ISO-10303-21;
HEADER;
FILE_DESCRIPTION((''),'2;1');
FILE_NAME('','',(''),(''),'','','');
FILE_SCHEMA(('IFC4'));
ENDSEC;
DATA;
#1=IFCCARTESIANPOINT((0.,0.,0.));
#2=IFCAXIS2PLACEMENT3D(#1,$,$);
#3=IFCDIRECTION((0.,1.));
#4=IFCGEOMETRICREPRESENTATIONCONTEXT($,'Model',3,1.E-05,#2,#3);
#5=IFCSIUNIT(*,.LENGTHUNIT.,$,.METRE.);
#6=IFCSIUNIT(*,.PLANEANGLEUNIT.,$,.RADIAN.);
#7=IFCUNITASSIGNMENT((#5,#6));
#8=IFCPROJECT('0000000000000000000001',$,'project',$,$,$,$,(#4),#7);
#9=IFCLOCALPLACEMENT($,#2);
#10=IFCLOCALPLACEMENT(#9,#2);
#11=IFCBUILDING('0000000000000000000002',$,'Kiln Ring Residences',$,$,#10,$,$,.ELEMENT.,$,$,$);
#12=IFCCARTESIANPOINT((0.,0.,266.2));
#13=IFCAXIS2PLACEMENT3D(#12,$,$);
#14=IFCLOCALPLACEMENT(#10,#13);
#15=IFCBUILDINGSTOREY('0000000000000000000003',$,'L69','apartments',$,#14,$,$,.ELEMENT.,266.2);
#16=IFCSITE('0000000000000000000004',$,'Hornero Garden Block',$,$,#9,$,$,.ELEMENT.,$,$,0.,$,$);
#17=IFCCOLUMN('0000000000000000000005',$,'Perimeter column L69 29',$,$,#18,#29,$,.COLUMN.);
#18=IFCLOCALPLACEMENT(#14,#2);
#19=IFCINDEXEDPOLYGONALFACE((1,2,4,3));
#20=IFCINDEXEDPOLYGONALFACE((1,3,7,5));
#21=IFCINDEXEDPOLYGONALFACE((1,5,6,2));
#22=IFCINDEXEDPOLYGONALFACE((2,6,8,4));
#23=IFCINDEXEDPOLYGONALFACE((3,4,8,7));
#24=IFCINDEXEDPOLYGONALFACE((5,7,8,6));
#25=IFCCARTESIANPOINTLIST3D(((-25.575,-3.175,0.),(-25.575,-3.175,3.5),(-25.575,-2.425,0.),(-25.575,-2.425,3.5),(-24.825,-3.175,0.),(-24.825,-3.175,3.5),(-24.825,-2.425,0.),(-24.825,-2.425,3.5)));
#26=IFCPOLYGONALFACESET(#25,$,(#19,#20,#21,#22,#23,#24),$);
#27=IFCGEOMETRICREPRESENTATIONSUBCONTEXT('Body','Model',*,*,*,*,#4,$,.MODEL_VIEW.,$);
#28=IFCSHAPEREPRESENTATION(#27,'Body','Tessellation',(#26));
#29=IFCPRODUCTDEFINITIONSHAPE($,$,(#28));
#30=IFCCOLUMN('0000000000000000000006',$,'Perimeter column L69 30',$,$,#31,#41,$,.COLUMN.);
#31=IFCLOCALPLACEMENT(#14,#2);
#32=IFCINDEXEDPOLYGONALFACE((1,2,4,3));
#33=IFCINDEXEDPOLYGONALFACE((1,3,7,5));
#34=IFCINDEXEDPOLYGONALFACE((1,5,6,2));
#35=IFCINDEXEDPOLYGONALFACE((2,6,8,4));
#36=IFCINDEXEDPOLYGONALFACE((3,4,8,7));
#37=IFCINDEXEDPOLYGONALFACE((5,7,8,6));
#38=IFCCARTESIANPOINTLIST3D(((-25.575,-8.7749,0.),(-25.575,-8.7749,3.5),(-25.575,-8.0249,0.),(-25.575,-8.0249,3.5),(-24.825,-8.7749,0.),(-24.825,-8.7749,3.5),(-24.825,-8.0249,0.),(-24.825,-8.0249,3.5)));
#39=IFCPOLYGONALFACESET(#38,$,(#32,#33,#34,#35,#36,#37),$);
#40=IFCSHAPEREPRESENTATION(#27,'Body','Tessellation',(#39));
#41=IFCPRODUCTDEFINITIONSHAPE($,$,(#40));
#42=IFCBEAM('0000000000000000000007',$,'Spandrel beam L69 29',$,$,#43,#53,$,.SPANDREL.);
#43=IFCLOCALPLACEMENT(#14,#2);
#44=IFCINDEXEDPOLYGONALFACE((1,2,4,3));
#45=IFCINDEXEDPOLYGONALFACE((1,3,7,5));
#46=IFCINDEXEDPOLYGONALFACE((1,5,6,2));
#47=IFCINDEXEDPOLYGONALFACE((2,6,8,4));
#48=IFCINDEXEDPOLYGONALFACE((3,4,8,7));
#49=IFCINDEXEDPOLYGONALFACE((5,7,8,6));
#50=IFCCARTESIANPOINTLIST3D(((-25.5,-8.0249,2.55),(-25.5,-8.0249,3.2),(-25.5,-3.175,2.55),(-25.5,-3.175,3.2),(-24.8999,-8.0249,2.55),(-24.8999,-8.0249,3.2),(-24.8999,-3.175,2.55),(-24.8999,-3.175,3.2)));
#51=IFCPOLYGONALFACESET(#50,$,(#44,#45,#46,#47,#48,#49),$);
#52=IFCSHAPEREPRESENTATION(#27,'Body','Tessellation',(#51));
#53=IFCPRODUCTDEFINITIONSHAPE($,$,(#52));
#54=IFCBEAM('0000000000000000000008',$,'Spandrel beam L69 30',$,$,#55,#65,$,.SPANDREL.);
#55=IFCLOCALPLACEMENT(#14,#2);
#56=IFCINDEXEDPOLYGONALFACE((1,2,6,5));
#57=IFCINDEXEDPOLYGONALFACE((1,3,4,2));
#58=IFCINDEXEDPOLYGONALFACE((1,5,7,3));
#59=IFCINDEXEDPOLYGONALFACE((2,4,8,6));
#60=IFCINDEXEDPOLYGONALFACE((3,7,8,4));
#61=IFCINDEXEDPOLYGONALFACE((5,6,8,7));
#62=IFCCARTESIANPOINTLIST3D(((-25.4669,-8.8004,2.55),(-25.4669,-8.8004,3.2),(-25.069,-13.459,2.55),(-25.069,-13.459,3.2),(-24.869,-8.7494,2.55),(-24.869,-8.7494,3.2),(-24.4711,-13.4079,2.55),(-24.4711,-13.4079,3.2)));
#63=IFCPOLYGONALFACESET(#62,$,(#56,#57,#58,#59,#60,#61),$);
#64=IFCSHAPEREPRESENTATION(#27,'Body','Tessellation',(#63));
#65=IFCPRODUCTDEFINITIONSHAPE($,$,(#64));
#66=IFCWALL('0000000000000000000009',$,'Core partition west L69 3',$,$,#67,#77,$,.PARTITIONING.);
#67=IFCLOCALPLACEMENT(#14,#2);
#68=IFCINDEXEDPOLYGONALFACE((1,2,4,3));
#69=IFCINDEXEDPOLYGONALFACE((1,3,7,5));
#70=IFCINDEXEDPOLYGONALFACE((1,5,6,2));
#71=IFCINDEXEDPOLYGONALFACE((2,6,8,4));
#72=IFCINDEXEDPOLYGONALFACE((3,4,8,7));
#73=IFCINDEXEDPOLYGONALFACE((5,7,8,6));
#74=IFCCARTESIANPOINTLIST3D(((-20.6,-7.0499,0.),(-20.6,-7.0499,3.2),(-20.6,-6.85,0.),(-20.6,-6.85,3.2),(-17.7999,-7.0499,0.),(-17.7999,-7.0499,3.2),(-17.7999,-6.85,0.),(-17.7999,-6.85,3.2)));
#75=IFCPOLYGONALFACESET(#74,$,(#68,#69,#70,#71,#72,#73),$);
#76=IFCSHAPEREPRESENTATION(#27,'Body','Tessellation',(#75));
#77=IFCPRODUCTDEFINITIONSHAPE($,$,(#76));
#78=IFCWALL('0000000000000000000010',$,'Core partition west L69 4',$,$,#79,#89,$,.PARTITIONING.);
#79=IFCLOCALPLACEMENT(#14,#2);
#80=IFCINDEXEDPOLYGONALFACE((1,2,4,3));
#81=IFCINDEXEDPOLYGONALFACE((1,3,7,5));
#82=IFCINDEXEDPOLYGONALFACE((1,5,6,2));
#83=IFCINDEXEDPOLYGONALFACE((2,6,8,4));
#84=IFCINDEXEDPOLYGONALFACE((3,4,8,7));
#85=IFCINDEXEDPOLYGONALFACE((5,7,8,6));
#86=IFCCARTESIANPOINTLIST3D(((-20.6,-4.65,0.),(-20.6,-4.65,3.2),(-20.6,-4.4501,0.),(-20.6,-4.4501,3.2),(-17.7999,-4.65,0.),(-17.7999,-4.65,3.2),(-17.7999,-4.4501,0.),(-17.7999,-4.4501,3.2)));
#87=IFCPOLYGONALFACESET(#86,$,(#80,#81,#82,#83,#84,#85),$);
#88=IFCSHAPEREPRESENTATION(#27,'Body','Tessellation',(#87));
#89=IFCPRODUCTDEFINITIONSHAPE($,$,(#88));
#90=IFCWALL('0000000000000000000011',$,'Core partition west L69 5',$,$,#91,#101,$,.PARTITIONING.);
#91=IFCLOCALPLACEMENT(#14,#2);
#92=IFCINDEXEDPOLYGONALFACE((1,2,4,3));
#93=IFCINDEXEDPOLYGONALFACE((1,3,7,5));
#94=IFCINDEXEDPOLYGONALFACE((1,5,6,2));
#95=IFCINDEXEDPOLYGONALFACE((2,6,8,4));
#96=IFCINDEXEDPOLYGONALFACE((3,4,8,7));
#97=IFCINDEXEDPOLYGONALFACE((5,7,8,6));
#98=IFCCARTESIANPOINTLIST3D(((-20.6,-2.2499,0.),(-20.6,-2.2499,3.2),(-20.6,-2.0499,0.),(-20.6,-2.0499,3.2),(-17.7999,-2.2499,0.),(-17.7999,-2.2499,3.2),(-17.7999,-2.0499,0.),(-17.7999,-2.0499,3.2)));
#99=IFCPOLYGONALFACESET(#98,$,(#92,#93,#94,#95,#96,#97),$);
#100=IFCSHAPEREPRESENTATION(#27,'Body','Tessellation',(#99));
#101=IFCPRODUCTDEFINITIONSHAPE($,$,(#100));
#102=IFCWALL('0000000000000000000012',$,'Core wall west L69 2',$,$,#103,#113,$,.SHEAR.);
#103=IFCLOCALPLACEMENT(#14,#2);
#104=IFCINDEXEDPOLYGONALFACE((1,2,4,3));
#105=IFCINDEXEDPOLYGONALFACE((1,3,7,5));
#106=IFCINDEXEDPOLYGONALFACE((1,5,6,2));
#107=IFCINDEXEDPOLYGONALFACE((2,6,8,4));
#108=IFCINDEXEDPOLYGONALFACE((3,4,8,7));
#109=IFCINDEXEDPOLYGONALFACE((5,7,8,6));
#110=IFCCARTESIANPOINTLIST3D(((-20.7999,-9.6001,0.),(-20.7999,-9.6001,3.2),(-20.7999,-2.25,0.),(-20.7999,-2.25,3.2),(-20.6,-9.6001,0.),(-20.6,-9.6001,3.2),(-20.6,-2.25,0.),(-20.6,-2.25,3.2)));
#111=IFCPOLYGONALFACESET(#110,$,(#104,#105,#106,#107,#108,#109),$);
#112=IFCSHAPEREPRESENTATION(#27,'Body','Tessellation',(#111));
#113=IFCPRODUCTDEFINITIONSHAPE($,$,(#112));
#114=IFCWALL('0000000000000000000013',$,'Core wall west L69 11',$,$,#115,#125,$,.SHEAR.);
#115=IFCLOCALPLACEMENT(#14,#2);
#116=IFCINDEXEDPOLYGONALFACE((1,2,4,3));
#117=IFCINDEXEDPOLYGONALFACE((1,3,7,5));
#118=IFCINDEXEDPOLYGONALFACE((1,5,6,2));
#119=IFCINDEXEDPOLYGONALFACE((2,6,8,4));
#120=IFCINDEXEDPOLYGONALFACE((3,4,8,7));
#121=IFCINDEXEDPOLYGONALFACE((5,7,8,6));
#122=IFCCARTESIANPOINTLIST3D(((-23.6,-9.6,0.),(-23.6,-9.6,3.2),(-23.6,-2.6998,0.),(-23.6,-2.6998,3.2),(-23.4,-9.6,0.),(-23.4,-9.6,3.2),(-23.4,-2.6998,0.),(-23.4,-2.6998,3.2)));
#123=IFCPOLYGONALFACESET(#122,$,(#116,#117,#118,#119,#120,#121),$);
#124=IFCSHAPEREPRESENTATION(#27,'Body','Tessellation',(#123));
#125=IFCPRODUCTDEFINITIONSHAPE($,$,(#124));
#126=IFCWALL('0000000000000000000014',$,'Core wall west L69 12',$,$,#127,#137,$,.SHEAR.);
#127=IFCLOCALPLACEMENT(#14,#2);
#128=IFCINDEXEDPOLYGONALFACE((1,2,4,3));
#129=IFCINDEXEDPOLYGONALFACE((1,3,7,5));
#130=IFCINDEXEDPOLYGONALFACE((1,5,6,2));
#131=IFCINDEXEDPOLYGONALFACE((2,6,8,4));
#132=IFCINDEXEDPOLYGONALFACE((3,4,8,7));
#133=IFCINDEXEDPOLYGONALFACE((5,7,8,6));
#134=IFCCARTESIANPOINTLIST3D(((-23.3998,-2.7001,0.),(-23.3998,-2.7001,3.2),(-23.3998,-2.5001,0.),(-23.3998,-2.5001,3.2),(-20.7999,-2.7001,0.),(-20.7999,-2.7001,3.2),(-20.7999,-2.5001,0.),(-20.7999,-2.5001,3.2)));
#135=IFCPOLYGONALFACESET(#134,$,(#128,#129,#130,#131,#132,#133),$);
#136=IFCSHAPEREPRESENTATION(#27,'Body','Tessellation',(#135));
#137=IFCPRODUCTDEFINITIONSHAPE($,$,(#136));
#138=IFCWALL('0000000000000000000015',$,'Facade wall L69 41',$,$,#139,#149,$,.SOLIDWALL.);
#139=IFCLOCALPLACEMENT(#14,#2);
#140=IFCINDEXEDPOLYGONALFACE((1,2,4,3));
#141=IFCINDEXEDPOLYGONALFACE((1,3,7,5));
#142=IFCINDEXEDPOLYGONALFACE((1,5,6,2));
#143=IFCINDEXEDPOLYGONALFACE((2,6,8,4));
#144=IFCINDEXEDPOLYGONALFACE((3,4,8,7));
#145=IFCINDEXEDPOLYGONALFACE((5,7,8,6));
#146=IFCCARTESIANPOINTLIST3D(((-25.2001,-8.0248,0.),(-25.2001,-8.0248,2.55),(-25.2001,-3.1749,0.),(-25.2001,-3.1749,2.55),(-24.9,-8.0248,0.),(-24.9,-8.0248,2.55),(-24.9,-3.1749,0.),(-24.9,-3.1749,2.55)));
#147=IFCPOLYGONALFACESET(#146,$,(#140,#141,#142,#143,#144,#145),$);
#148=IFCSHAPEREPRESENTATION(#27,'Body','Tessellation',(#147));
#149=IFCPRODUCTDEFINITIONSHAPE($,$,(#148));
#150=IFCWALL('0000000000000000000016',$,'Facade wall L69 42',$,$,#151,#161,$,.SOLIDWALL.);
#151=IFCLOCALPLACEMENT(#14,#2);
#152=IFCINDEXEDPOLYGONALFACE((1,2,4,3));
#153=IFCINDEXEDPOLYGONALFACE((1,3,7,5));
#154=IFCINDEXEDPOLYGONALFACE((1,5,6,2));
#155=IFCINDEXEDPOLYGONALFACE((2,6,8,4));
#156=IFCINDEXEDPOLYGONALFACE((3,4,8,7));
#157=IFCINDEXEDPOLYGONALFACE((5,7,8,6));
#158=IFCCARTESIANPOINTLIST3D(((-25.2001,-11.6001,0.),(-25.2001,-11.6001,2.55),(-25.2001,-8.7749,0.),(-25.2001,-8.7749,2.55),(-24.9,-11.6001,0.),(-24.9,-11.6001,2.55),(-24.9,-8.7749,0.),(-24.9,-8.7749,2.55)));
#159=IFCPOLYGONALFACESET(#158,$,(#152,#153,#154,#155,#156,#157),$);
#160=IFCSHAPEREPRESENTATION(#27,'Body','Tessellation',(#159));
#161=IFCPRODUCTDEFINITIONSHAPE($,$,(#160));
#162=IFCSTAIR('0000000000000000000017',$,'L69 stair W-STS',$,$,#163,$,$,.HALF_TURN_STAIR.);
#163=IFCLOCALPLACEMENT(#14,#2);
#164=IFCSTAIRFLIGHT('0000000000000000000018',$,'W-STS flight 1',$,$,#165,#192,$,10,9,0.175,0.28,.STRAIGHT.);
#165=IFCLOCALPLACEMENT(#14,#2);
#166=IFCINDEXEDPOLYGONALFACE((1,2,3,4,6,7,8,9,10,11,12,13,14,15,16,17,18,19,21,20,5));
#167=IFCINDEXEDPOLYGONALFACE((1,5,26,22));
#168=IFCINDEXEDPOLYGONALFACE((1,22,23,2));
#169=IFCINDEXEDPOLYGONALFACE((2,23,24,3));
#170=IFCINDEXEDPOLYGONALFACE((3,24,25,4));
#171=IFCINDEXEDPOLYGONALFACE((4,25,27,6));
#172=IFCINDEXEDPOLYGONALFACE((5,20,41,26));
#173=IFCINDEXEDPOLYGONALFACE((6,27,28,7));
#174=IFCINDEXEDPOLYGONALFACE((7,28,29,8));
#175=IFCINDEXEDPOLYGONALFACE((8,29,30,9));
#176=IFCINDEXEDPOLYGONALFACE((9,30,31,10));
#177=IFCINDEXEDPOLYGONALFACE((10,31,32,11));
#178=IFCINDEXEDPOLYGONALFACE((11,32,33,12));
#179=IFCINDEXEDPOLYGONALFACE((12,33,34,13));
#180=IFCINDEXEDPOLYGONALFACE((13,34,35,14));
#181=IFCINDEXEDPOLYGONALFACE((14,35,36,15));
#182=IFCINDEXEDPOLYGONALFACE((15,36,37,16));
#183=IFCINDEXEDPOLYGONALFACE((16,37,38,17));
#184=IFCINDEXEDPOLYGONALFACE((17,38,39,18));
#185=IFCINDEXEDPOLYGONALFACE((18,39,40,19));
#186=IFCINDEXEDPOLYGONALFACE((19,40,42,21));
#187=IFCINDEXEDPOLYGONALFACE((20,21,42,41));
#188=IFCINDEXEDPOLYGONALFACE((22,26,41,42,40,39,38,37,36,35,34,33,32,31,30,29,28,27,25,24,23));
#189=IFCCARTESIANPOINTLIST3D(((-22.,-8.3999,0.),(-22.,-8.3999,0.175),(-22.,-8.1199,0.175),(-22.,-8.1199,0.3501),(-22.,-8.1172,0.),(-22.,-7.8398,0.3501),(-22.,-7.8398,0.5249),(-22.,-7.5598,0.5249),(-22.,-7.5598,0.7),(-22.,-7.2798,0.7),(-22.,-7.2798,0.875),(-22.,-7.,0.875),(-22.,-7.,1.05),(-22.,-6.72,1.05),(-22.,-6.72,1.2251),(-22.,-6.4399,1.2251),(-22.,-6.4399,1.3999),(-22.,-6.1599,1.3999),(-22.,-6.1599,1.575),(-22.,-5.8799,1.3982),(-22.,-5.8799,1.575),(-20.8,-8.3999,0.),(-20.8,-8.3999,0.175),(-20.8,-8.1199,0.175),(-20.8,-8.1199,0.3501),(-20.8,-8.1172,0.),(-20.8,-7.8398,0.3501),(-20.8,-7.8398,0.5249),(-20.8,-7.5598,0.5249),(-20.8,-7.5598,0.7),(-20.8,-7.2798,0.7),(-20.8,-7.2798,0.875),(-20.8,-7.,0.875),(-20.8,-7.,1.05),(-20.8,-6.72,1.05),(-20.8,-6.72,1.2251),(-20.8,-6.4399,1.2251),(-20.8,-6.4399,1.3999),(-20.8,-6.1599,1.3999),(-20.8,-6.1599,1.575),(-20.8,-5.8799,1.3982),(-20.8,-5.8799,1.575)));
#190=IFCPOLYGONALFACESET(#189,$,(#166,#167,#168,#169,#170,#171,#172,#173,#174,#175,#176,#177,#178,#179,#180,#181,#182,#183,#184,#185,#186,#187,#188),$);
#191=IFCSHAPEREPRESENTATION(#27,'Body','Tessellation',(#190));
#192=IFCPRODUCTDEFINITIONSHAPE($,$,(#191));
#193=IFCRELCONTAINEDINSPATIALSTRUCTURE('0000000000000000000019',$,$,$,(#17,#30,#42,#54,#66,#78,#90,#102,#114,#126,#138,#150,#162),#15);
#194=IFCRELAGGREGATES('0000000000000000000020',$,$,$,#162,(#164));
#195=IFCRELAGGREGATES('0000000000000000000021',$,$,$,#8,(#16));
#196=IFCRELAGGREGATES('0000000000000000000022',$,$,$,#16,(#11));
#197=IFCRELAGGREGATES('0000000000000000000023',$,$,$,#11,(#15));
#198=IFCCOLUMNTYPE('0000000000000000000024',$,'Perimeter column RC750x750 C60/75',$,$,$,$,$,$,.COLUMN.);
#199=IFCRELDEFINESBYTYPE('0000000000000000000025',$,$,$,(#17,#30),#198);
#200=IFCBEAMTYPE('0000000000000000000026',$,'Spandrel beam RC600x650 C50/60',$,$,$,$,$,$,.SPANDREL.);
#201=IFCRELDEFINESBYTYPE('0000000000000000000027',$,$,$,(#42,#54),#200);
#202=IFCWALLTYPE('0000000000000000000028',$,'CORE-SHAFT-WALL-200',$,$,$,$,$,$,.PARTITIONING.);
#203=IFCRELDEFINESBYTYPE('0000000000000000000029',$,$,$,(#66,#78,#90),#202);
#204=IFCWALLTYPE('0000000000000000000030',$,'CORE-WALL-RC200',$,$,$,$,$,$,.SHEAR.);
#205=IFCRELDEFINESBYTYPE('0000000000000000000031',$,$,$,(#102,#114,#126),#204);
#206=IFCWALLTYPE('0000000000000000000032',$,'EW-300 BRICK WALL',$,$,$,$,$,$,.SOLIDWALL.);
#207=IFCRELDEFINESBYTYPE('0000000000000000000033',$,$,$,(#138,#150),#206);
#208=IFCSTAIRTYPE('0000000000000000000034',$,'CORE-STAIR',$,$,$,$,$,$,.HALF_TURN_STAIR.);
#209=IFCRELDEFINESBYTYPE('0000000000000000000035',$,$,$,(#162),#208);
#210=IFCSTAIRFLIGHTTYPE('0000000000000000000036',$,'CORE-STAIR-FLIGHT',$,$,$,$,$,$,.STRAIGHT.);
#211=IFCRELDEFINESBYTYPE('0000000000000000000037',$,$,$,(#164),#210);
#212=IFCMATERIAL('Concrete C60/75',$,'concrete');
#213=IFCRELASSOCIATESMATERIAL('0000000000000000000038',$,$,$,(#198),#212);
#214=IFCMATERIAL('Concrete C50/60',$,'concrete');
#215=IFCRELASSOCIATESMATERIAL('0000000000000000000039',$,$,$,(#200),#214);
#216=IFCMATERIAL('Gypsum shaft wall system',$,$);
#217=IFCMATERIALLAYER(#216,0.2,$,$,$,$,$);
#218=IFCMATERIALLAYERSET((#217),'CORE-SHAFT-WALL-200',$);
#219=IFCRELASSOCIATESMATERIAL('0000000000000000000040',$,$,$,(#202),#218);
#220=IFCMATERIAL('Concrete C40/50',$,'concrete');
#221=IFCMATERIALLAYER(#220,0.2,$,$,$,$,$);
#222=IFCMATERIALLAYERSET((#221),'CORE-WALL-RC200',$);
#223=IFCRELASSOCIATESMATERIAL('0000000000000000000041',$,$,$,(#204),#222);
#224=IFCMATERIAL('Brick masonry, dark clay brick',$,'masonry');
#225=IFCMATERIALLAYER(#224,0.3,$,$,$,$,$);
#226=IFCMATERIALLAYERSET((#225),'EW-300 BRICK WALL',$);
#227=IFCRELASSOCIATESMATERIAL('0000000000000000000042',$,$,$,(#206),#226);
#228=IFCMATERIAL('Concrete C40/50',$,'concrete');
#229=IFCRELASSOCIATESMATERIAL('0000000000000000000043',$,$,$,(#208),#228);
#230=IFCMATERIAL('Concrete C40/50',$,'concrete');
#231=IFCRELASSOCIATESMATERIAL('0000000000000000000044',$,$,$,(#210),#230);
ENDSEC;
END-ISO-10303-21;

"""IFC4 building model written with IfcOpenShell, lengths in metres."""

from ifc_helpers import new_model, si_unit, direction, frame, frame_2d, origin, origin_2d, place, context, subcontext, project, spatial, polyline, rectangle, outline, extrude, material, layer, layer_set, material_profile, profile_set, type_object, element, aggregate, save


model = new_model("IFC4")

# Units and contexts
model_context = context("Model", 3, precision=1e-05, world=origin(), true_north=direction((0.0, 1.0)))
body_context = subcontext(model_context, "Body", "Model", "MODEL_VIEW")
ifc_project = project(units=[si_unit("LENGTHUNIT", "METRE"), si_unit("PLANEANGLEUNIT", "RADIAN")], contexts=[model_context])

# Site, building, storey
site_placement = place(None, origin())
site = spatial("IfcSite", under=ifc_project, at=site_placement, Name="Hornero Garden Block", CompositionType="ELEMENT", RefElevation=0.0)
building_placement = place(site_placement, origin())
building = spatial("IfcBuilding", under=site, at=building_placement, Name="Kiln Ring Residences", CompositionType="ELEMENT")
storey_placement = place(building_placement, frame((0.0, 0.0, 266.2)))
storey = spatial("IfcBuildingStorey", under=building, at=storey_placement, Name="L69", Description="apartments", CompositionType="ELEMENT", Elevation=266.2)

# Columns
ifc_material_1 = material(Name="Concrete C60/75", Category="concrete")
ifc_material_profile_1 = material_profile(ifc_material_1, rectangle(XDim=0.75, YDim=0.75, at=origin_2d()), Name="RC750x750")
ifc_profile_set_1 = profile_set([ifc_material_profile_1], Name="Concrete C60/75")
column_type = type_object("IfcColumnType", Name="Perimeter column RC750x750 C60/75", PredefinedType="COLUMN", material=ifc_profile_set_1)
for number, where, z_axis, x_axis, name in (
    (1, (-25.2, -2.8, 0.0), (0.0, 0.0, 1.0), (1.0, 0.0, 0.0), "Perimeter column L69 29"),
    (2, (-25.2, -8.3999, 0.0), (0.0, 0.0, 1.0), (1.0, 0.0, 0.0), "Perimeter column L69 30"),
):
    element("IfcColumn", number, at=place(storey_placement, frame(where, z_axis=z_axis, x_axis=x_axis)), inside=storey, type_object=column_type, Name=name, PredefinedType="COLUMN", context=body_context, shape_type="SweptSolid", body=[
        extrude(rectangle(XDim=0.75, YDim=0.75, at=origin_2d()), origin(), (0.0, 0.0, 1.0), 3.5),
    ])

# Beams
ifc_material_2 = material(Name="Concrete C50/60", Category="concrete")
ifc_material_profile_2 = material_profile(ifc_material_2, rectangle(XDim=0.6001, YDim=0.6499, at=origin_2d()), Name="RC600x650")
ifc_profile_set_2 = profile_set([ifc_material_profile_2], Name="Concrete C50/60")
beam_type = type_object("IfcBeamType", Name="Spandrel beam RC600x650 C50/60", PredefinedType="SPANDREL", material=ifc_profile_set_2)
beam_1_placement = place(storey_placement, frame((-25.2, -3.175, 2.875), z_axis=(0.0, -1.0, 0.0), x_axis=(1.0, 0.0, 0.0)))
element("IfcBeam", 3, at=beam_1_placement, inside=storey, type_object=beam_type, Name="Spandrel beam L69 29", PredefinedType="SPANDREL", context=body_context, shape_type="SweptSolid", body=[
    extrude(rectangle(XDim=0.6001, YDim=0.6499, at=origin_2d()), origin(), (0.0, 0.0, 1.0), 4.8499),
])
beam_2_placement = place(storey_placement, frame((-25.168, -8.7749, 2.875), z_axis=(0.085111, -0.996371, 0.0), x_axis=(0.996371, 0.085111, 0.0)))
element("IfcBeam", 4, at=beam_2_placement, inside=storey, type_object=beam_type, Name="Spandrel beam L69 30", PredefinedType="SPANDREL", context=body_context, shape_type="SweptSolid", body=[
    extrude(rectangle(XDim=0.6001, YDim=0.6499, at=origin_2d()), origin(), (0.0, 0.0, 1.0), 4.6755),
])

# Walls
ifc_material_3 = material(Name="Gypsum shaft wall system")
ifc_layer_1 = layer(ifc_material_3, 0.2)
ifc_layer_set_1 = layer_set([ifc_layer_1], Name="CORE-SHAFT-WALL-200")
wall_type_1 = type_object("IfcWallType", Name="CORE-SHAFT-WALL-200", PredefinedType="PARTITIONING", material=ifc_layer_set_1)
for number, where, z_axis, x_axis, name in (
    (5, (-17.8, -6.95, 0.0), (0.0, 0.0, 1.0), (-1.0, 0.0, 0.0), "Core partition west L69 3"),
    (6, (-17.8, -4.55, 0.0), (0.0, 0.0, 1.0), (-1.0, 0.0, 0.0), "Core partition west L69 4"),
    (7, (-17.8, -2.1499, 0.0), (0.0, 0.0, 1.0), (-1.0, 0.0, 0.0), "Core partition west L69 5"),
):
    element("IfcWall", number, at=place(storey_placement, frame(where, z_axis=z_axis, x_axis=x_axis)), inside=storey, type_object=wall_type_1, Name=name, PredefinedType="PARTITIONING", context=body_context, shape_type="SweptSolid", body=[
        extrude(rectangle(XDim=2.8, YDim=0.2, at=frame_2d((1.3999, 0.0))), origin(), (0.0, 0.0, 1.0), 3.2),
    ])
ifc_material_4 = material(Name="Concrete C40/50", Category="concrete")
ifc_layer_2 = layer(ifc_material_4, 0.2)
ifc_layer_set_2 = layer_set([ifc_layer_2], Name="CORE-WALL-RC200")
wall_type_2 = type_object("IfcWallType", Name="CORE-WALL-RC200", PredefinedType="SHEAR", material=ifc_layer_set_2)
wall_1_placement = place(storey_placement, frame((-20.7, -9.6001, 0.0), z_axis=(0.0, 0.0, 1.0), x_axis=(0.0, 1.0, 0.0)))
element("IfcWall", 8, at=wall_1_placement, inside=storey, type_object=wall_type_2, Name="Core wall west L69 2", PredefinedType="SHEAR", context=body_context, shape_type="SweptSolid", body=[
    extrude(rectangle(XDim=7.3501, YDim=0.2, at=frame_2d((3.675, 0.0))), origin(), (0.0, 0.0, 1.0), 3.2),
])
wall_2_placement = place(storey_placement, frame((-23.5, -9.6001, 0.0), z_axis=(0.0, 0.0, 1.0), x_axis=(0.0, 1.0, 0.0)))
element("IfcWall", 9, at=wall_2_placement, inside=storey, type_object=wall_type_2, Name="Core wall west L69 11", PredefinedType="SHEAR", context=body_context, shape_type="SweptSolid", body=[
    extrude(rectangle(XDim=6.9001, YDim=0.2, at=frame_2d((3.4502, 0.0))), origin(), (0.0, 0.0, 1.0), 3.2),
])
wall_3_placement = place(storey_placement, frame((-20.8, -2.6001, 0.0), z_axis=(0.0, 0.0, 1.0), x_axis=(-1.0, 0.0, 0.0)))
element("IfcWall", 10, at=wall_3_placement, inside=storey, type_object=wall_type_2, Name="Core wall west L69 12", PredefinedType="SHEAR", context=body_context, shape_type="SweptSolid", body=[
    extrude(rectangle(XDim=2.5999, YDim=0.2, at=frame_2d((1.2998, 0.0))), origin(), (0.0, 0.0, 1.0), 3.2),
])
ifc_material_5 = material(Name="Brick masonry, dark clay brick", Category="masonry")
ifc_layer_3 = layer(ifc_material_5, 0.3)
ifc_layer_set_3 = layer_set([ifc_layer_3], Name="EW-300 BRICK WALL")
wall_type_3 = type_object("IfcWallType", Name="EW-300 BRICK WALL", PredefinedType="SOLIDWALL", material=ifc_layer_set_3)
wall_4_placement = place(storey_placement, frame((-25.05, -3.175, 0.0), z_axis=(0.0, 0.0, 1.0), x_axis=(0.0, -1.0, 0.0)))
element("IfcWall", 11, at=wall_4_placement, inside=storey, type_object=wall_type_3, Name="Facade wall L69 41", PredefinedType="SOLIDWALL", context=body_context, shape_type="SweptSolid", body=[
    extrude(rectangle(XDim=4.8499, YDim=0.3, at=frame_2d((2.4248, 0.0))), origin(), (0.0, 0.0, 1.0), 2.55),
])
wall_5_placement = place(storey_placement, frame((-25.05, -8.7749, 0.0), z_axis=(0.0, 0.0, 1.0), x_axis=(0.0, -1.0, 0.0)))
element("IfcWall", 12, at=wall_5_placement, inside=storey, type_object=wall_type_3, Name="Facade wall L69 42", PredefinedType="SOLIDWALL", context=body_context, shape_type="SweptSolid", body=[
    extrude(rectangle(XDim=2.8252, YDim=0.3, at=frame_2d((1.4126, 0.0))), origin(), (0.0, 0.0, 1.0), 2.55),
])

# Stair, stair flight
ifc_material_6 = material(Name="Concrete C40/50", Category="concrete")
stair_type = type_object("IfcStairType", Name="CORE-STAIR", PredefinedType="HALF_TURN_STAIR", material=ifc_material_6)
stair_placement = place(storey_placement, origin())
stair = element("IfcStair", 13, at=stair_placement, inside=storey, type_object=stair_type, Name="L69 stair W-STS", PredefinedType="HALF_TURN_STAIR")
ifc_material_7 = material(Name="Concrete C40/50", Category="concrete")
stair_flight_type = type_object("IfcStairFlightType", Name="CORE-STAIR-FLIGHT", PredefinedType="STRAIGHT", material=ifc_material_7)
stair_flight_1_placement = place(storey_placement, frame((-21.3999, -8.3999, 0.0), z_axis=(0.0, 0.0, 1.0), x_axis=(0.0, 1.0, 0.0)))
stair_flight_1 = element("IfcStairFlight", 14, at=stair_flight_1_placement, type_object=stair_flight_type, Name="W-STS flight 1", NumberOfRisers=10, NumberOfTreads=9, PredefinedType="STRAIGHT", RiserHeight=0.175, TreadLength=0.28, context=body_context, shape_type="SweptSolid", body=[
    extrude(outline(polyline([(0.0, 0.0), (0.0, 0.175), (0.28, 0.175), (0.28, 0.3501), (0.5601, 0.3501), (0.5601, 0.5249), (0.8401, 0.5249), (0.8401, 0.7), (1.1201, 0.7), (1.1201, 0.875), (1.3999, 0.875), (1.3999, 1.05), (1.6799, 1.05), (1.6799, 1.2251), (1.96, 1.2251), (1.96, 1.3999), (2.24, 1.3999), (2.24, 1.575), (2.52, 1.575), (2.52, 1.75), (2.52, 1.3982), (0.2827, 0.0), (0.0, 0.0)])), frame((0.0, 0.6001, 0.0), z_axis=(0.0, -1.0, 0.0), x_axis=(1.0, 0.0, 0.0)), (0.0, 0.0, 1.0), 1.2),
])
aggregate(stair, [stair_flight_1])

save(model, "model.ifc")
